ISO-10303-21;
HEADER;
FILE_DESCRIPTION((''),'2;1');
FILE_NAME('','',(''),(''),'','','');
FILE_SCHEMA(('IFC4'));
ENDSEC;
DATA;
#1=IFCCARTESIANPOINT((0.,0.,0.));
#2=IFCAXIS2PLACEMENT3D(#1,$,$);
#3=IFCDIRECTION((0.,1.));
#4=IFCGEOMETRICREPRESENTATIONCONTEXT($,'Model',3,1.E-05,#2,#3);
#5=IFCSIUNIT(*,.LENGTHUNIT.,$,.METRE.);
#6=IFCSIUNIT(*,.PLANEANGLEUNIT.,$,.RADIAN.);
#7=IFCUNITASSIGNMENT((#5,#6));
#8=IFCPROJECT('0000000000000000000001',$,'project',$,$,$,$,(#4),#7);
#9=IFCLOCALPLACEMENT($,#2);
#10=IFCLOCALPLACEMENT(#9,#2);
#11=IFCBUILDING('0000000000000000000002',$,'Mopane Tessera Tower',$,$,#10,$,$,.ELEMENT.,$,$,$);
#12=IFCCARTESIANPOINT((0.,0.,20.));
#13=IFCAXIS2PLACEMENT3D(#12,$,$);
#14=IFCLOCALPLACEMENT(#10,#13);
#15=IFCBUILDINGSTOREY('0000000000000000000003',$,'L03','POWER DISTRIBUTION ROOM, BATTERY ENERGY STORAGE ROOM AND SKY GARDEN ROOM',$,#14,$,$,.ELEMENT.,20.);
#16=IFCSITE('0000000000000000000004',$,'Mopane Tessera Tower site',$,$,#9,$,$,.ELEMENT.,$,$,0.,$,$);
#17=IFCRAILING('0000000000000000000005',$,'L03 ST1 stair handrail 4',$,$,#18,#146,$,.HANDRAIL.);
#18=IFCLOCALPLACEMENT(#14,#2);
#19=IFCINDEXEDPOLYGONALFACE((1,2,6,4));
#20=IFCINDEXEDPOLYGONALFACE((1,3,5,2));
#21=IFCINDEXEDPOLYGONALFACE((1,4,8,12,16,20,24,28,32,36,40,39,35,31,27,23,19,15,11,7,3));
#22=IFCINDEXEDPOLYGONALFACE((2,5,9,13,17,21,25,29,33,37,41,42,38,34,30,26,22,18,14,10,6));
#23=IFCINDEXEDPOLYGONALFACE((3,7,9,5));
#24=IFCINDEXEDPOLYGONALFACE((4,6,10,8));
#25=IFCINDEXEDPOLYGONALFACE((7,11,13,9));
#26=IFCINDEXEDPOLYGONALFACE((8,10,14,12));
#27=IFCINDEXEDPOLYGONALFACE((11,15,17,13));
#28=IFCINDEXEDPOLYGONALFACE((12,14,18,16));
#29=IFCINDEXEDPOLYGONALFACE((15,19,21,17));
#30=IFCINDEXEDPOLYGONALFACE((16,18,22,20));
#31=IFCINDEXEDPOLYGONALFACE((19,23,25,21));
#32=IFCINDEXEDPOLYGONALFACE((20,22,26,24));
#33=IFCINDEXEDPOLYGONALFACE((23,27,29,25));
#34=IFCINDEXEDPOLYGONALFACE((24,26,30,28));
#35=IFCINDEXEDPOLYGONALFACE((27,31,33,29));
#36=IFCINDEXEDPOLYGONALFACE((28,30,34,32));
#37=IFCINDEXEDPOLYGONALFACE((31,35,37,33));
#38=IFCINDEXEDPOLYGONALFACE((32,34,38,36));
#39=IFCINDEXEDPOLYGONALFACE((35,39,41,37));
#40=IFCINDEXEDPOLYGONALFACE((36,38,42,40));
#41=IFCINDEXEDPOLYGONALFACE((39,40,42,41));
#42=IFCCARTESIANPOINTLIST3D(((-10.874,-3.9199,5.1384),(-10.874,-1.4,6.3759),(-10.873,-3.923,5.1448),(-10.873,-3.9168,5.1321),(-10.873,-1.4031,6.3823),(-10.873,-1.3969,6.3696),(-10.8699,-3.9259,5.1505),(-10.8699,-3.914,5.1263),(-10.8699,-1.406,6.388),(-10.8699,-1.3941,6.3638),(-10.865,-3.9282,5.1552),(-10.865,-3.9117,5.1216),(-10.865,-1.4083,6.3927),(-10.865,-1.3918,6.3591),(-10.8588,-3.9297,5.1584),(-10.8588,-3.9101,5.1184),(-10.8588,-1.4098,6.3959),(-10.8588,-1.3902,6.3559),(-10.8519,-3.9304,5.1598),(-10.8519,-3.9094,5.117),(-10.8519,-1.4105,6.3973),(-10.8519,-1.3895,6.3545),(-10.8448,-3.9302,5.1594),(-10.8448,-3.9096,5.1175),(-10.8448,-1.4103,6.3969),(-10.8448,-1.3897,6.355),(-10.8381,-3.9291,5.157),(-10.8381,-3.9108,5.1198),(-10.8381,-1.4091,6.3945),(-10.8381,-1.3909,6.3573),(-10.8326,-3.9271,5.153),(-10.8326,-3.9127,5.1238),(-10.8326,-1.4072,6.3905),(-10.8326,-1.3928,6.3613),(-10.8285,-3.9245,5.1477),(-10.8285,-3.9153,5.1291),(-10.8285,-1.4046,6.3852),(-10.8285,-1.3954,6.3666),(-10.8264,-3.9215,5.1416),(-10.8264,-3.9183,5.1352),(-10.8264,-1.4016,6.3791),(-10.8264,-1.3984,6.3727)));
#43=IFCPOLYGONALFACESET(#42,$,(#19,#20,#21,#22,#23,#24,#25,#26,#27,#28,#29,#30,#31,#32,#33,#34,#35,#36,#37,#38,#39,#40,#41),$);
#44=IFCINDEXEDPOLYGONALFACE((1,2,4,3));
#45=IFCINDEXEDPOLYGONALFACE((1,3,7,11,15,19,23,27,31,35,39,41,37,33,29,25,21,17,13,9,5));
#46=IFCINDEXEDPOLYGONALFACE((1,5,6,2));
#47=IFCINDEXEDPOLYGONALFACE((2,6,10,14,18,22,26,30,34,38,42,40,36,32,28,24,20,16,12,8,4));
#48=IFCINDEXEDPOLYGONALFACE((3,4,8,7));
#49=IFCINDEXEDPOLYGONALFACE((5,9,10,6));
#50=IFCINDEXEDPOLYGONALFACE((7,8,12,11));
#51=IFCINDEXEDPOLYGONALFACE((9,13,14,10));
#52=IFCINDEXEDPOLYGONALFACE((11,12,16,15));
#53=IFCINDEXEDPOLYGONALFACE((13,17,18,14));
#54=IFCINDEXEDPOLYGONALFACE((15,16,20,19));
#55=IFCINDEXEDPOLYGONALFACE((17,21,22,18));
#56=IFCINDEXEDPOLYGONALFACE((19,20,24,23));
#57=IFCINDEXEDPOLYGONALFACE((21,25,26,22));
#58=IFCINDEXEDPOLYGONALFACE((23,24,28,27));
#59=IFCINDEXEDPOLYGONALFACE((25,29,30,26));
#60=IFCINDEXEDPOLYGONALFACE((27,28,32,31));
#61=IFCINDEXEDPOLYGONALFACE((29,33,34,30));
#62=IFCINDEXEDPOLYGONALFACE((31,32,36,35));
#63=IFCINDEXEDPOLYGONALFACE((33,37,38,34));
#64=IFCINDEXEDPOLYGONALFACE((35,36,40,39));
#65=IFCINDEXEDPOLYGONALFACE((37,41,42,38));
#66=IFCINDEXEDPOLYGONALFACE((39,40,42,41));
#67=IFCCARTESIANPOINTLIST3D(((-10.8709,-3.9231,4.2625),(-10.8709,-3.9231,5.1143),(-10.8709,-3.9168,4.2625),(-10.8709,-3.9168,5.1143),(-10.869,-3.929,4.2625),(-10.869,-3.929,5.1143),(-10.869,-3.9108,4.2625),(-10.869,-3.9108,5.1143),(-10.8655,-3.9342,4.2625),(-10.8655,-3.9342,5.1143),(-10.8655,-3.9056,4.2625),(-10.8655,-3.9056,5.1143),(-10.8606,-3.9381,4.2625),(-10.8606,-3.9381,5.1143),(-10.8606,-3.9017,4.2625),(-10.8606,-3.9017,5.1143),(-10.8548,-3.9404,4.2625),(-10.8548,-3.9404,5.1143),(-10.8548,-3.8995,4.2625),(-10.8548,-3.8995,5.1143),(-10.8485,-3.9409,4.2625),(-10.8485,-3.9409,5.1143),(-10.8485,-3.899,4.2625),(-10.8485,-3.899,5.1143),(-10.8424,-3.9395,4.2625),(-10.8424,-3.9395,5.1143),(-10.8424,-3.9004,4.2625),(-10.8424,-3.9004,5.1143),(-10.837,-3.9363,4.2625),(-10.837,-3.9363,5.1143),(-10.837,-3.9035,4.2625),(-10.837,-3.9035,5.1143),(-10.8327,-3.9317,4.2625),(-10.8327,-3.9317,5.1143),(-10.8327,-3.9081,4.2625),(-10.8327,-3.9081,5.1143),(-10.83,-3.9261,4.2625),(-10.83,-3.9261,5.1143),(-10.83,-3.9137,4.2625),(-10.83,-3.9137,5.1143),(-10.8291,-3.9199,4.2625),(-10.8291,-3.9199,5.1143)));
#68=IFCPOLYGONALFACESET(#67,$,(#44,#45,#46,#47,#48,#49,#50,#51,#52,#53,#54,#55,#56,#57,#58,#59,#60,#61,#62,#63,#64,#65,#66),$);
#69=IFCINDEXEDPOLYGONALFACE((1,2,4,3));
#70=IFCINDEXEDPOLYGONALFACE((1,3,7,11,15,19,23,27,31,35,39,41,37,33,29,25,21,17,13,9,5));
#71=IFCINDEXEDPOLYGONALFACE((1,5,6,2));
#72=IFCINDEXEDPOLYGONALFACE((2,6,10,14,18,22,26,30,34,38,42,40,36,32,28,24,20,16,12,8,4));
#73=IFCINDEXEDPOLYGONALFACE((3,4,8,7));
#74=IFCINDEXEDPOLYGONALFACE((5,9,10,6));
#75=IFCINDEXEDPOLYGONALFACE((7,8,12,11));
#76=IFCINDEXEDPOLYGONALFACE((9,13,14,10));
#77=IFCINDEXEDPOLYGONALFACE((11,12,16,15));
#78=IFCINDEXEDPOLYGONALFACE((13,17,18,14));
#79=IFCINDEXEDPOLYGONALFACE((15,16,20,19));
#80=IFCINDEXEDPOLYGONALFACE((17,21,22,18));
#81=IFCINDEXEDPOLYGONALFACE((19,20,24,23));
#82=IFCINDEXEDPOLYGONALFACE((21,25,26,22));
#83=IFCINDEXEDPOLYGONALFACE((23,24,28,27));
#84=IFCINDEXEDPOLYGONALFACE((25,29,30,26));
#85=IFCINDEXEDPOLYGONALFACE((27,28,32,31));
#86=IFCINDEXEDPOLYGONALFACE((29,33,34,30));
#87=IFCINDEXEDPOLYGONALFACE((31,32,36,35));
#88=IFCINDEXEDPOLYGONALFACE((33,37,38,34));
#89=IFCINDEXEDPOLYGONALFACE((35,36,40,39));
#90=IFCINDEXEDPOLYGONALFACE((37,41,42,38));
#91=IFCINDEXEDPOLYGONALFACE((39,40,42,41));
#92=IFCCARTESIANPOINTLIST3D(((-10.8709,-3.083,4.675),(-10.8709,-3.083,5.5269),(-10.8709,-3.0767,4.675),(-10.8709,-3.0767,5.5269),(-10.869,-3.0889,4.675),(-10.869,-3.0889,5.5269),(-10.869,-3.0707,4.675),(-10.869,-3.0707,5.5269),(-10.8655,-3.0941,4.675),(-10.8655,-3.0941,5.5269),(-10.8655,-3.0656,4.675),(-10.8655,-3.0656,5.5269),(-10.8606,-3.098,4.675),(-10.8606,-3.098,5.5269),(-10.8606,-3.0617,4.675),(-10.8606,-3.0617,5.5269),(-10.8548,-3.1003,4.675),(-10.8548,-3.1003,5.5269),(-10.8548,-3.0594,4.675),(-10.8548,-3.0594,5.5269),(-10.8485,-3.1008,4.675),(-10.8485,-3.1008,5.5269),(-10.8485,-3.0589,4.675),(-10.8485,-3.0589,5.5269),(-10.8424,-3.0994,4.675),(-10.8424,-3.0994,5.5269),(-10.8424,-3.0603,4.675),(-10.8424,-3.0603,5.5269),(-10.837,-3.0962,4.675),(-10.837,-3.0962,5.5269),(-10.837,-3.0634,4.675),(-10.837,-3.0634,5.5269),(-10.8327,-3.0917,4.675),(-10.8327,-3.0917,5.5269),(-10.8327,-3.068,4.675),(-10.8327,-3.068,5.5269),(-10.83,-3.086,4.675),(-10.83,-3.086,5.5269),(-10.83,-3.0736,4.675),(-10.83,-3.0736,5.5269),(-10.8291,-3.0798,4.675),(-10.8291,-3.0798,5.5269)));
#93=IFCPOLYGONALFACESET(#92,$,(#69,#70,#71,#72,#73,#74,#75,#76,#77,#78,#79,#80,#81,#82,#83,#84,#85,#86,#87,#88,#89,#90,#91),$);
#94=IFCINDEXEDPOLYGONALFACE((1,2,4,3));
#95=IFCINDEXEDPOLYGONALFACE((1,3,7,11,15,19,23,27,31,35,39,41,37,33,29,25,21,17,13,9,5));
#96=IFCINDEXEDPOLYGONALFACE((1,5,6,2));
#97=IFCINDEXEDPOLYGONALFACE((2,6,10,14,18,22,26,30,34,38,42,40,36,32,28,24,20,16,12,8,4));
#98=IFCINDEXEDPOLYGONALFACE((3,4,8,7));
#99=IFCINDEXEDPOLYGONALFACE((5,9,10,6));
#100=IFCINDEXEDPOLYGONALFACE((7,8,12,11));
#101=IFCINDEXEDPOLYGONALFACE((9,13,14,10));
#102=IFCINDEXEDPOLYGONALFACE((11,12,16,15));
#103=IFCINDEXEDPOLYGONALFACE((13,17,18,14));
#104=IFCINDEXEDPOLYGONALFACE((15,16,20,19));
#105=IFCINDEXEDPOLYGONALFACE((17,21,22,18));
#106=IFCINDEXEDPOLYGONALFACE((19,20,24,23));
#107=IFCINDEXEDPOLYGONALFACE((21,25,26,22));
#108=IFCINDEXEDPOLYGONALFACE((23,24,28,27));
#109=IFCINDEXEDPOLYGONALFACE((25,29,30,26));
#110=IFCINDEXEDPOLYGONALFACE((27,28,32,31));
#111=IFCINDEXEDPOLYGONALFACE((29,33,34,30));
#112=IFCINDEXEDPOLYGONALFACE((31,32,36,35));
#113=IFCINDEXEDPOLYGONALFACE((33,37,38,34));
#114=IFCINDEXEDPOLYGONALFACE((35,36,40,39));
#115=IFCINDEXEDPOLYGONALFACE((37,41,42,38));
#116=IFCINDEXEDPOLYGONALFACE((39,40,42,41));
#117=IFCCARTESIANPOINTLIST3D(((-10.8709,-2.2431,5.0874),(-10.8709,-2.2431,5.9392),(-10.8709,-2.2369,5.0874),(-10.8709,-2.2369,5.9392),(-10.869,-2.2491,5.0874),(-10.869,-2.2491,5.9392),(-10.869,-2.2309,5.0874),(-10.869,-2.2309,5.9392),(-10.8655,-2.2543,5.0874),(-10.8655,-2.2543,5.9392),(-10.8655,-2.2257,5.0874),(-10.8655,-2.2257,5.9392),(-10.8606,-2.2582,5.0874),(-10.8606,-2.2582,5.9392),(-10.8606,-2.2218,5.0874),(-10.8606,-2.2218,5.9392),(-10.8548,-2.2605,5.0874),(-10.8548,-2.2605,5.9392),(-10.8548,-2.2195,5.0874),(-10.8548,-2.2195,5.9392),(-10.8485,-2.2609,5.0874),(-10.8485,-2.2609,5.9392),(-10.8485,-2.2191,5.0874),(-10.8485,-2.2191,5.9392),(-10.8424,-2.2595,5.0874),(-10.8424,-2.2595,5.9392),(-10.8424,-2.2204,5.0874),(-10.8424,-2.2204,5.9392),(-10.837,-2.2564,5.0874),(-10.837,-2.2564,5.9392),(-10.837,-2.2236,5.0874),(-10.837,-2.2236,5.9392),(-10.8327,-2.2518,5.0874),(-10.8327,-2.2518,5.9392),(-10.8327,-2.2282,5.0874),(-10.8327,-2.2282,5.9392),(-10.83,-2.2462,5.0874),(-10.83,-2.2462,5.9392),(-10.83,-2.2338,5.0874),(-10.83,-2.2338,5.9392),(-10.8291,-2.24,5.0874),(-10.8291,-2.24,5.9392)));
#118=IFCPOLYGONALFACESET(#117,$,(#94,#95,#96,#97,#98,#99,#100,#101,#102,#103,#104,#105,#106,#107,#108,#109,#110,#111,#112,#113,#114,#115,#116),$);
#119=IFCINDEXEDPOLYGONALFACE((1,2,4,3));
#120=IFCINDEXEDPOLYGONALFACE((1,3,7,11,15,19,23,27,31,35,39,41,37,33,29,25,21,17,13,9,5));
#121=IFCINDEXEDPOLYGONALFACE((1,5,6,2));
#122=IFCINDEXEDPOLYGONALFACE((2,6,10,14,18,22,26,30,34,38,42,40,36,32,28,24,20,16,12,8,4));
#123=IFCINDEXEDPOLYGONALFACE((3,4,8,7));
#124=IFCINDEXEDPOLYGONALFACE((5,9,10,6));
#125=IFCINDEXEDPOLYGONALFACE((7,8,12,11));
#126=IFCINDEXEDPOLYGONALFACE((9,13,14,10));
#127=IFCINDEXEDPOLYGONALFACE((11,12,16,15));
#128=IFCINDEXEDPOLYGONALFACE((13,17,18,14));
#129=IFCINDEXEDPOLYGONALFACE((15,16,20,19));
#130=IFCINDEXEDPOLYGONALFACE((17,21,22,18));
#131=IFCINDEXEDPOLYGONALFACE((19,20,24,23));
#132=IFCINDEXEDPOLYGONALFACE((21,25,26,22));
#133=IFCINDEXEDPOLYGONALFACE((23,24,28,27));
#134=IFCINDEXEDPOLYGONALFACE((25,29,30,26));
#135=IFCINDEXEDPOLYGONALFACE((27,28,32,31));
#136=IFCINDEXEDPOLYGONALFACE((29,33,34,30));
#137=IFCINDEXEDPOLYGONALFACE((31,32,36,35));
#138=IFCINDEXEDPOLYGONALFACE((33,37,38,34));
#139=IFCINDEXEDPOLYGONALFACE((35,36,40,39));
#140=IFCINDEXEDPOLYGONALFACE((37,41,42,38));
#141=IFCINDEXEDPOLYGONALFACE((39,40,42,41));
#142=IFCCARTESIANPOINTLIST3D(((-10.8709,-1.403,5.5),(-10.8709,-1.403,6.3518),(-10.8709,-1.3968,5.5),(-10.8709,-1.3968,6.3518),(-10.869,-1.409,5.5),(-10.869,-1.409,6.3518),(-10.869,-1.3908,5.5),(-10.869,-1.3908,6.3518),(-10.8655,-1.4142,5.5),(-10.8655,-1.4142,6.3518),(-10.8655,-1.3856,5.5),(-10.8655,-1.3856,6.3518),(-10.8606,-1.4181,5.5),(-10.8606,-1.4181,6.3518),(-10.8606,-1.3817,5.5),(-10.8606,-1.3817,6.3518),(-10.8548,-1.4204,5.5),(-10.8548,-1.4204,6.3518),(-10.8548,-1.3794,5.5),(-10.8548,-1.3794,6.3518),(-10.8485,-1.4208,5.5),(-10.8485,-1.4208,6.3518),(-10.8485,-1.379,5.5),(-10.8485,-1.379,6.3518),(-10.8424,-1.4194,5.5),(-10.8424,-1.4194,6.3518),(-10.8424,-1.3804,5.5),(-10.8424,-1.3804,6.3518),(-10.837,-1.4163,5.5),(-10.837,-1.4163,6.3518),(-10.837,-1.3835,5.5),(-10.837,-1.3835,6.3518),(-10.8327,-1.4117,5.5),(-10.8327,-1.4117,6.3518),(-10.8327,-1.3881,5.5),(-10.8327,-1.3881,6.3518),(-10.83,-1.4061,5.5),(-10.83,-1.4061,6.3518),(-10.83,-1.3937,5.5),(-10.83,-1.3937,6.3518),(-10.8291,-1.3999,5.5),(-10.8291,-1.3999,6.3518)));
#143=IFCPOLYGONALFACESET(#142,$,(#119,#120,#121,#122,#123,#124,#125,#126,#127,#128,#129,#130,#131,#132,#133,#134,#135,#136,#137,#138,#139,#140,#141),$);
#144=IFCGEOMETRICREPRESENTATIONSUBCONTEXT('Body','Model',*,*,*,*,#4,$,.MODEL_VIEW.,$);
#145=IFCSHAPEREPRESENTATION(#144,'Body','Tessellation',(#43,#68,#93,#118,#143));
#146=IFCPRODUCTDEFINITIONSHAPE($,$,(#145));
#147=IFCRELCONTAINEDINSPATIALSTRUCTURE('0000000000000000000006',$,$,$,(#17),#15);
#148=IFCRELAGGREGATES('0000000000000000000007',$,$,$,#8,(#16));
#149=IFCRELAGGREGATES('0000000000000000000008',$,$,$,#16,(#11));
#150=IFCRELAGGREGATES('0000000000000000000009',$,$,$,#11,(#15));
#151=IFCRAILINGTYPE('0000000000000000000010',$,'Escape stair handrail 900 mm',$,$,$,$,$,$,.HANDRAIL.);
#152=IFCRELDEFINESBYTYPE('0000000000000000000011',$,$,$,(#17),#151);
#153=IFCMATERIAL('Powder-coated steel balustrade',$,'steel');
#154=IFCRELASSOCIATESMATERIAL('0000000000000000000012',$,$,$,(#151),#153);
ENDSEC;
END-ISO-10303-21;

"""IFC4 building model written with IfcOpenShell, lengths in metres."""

from ifc_helpers import new_model, si_unit, direction, frame, origin, origin_2d, place, context, subcontext, project, spatial, circle, extrude, material, type_object, element, save


model = new_model("IFC4")

# Units and contexts
model_context = context("Model", 3, precision=1e-05, world=origin(), true_north=direction((0.0, 1.0)))
body_context = subcontext(model_context, "Body", "Model", "MODEL_VIEW")
ifc_project = project(units=[si_unit("LENGTHUNIT", "METRE"), si_unit("PLANEANGLEUNIT", "RADIAN")], contexts=[model_context])

# Site, building, storey
site_placement = place(None, origin())
site = spatial("IfcSite", under=ifc_project, at=site_placement, Name="Mopane Tessera Tower site", CompositionType="ELEMENT", RefElevation=0.0)
building_placement = place(site_placement, origin())
building = spatial("IfcBuilding", under=site, at=building_placement, Name="Mopane Tessera Tower", CompositionType="ELEMENT")
storey_placement = place(building_placement, frame((0.0, 0.0, 20.0)))
storey = spatial("IfcBuildingStorey", under=building, at=storey_placement, Name="L03", Description="POWER DISTRIBUTION ROOM, BATTERY ENERGY STORAGE ROOM AND SKY GARDEN ROOM", CompositionType="ELEMENT", Elevation=20.0)

# Railing
ifc_material_1 = material(Name="Powder-coated steel balustrade", Category="steel")
railing_type_1 = type_object("IfcRailingType", Name="Escape stair handrail 900 mm", PredefinedType="HANDRAIL", material=ifc_material_1)
railing_1_placement = place(storey_placement, frame((-10.8501, -3.9199, 4.2625)))
element("IfcRailing", 1, at=railing_1_placement, inside=storey, type_object=railing_type_1, Name="L03 ST1 stair handrail 4", PredefinedType="HANDRAIL", context=body_context, shape_type="SweptSolid", body=[
    extrude(circle(Radius=0.0239, at=origin_2d()), frame((0.0, 0.0, 0.876), z_axis=(0.0, 0.897604, 0.440802), x_axis=(-1.0, 0.0, 0.0)), (0.0, 0.0, 1.0), 2.8074),
    extrude(circle(Radius=0.021, at=origin_2d()), origin(), (0.0, 0.0, 1.0), 0.8518),
    extrude(circle(Radius=0.021, at=origin_2d()), frame((0.0, 0.8401, 0.4126)), (0.0, 0.0, 1.0), 0.8518),
    extrude(circle(Radius=0.021, at=origin_2d()), frame((0.0, 1.6799, 0.825)), (0.0, 0.0, 1.0), 0.8518),
    extrude(circle(Radius=0.021, at=origin_2d()), frame((0.0, 2.52, 1.2375)), (0.0, 0.0, 1.0), 0.8518),
])

save(model, "model.ifc")
